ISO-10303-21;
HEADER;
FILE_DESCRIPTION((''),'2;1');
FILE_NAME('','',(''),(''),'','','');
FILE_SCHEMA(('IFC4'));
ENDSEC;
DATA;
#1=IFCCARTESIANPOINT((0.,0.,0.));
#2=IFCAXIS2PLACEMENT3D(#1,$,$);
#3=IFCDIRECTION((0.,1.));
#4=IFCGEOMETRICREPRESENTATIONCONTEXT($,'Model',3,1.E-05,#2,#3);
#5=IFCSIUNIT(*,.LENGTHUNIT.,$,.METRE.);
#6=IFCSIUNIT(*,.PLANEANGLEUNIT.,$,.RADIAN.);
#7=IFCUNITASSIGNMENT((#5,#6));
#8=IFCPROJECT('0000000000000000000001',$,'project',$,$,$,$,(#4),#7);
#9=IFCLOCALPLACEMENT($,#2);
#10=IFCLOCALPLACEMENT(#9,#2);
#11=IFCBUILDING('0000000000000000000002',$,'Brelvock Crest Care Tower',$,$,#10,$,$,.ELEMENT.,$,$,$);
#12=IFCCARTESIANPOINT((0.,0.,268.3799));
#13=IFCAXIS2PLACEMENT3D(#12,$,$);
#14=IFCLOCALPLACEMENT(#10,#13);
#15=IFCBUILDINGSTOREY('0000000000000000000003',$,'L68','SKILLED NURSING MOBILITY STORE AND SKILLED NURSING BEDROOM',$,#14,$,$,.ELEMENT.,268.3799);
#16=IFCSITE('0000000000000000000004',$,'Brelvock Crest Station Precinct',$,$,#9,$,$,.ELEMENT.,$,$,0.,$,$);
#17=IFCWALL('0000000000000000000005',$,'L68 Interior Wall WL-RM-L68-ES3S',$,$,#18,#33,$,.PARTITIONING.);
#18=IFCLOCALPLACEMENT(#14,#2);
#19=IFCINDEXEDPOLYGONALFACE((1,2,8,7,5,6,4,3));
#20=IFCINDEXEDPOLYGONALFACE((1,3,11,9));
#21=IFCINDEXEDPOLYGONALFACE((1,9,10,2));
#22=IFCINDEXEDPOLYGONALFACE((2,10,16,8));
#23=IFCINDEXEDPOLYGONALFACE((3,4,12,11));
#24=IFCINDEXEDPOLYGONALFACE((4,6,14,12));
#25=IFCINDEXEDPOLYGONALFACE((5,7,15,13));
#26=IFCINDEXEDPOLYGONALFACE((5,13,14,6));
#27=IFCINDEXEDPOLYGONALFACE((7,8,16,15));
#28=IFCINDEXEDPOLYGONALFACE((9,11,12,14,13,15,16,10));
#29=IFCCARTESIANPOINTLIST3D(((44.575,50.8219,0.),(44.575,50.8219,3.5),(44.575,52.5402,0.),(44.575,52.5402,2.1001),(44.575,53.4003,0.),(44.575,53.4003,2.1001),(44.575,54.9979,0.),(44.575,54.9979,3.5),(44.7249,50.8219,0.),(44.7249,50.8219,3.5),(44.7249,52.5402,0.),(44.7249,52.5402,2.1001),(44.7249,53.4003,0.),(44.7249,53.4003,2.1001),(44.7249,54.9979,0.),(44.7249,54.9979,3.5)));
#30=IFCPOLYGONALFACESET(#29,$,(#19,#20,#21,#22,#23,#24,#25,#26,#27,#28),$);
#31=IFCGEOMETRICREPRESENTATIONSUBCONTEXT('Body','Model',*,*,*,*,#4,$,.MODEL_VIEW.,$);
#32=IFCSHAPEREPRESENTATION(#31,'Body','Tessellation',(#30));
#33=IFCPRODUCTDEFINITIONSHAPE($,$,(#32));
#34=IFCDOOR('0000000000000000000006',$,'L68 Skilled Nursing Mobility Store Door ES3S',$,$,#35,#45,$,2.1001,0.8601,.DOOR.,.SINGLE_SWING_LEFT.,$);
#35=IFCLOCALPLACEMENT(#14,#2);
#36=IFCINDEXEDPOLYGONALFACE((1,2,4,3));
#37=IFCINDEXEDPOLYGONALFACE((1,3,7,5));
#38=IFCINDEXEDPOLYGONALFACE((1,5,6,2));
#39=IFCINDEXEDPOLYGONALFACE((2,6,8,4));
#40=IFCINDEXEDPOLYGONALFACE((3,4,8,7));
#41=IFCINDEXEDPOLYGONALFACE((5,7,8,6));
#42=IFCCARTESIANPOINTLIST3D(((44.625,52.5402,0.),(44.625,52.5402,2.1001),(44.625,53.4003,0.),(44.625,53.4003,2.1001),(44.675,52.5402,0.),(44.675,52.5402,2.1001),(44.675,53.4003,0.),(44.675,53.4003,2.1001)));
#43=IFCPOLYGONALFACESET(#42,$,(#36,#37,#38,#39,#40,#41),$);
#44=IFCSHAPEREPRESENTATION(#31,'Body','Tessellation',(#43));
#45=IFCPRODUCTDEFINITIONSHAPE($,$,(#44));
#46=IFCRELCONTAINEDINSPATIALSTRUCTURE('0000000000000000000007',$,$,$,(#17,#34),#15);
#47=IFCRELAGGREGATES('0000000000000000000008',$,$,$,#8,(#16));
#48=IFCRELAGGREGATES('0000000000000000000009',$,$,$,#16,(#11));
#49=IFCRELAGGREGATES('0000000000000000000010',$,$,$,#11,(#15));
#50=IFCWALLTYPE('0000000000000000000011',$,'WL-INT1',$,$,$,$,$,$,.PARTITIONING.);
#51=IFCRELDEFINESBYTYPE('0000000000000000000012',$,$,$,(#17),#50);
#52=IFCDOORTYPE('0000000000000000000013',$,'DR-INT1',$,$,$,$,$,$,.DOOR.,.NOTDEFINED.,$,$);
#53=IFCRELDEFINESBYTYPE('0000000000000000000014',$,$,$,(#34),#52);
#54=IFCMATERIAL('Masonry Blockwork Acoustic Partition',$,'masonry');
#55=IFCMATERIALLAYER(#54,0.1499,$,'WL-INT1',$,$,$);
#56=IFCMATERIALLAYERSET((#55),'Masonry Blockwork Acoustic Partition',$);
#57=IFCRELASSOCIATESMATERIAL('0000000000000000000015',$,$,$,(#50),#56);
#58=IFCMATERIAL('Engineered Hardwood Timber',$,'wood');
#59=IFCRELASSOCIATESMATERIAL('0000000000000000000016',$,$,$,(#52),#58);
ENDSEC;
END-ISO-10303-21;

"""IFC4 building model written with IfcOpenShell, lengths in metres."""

from ifc_helpers import new_model, si_unit, direction, frame, frame_2d, origin, origin_2d, place, context, subcontext, project, spatial, rectangle, extrude, source, transform, mapped, material, layer, layer_set, type_object, element, fill, save


model = new_model("IFC4")

# Units and contexts
model_context = context("Model", 3, precision=1e-05, world=origin(), true_north=direction((0.0, 1.0)))
body_context = subcontext(model_context, "Body", "Model", "MODEL_VIEW")
ifc_project = project(units=[si_unit("LENGTHUNIT", "METRE"), si_unit("PLANEANGLEUNIT", "RADIAN")], contexts=[model_context])

# Site, building, storey
site_placement = place(None, origin())
site = spatial("IfcSite", under=ifc_project, at=site_placement, Name="Brelvock Crest Station Precinct", CompositionType="ELEMENT", RefElevation=0.0)
building_placement = place(site_placement, origin())
building = spatial("IfcBuilding", under=site, at=building_placement, Name="Brelvock Crest Care Tower", CompositionType="ELEMENT")
storey_placement = place(building_placement, frame((0.0, 0.0, 268.3799)))
storey = spatial("IfcBuildingStorey", under=building, at=storey_placement, Name="L68", Description="SKILLED NURSING MOBILITY STORE AND SKILLED NURSING BEDROOM", CompositionType="ELEMENT", Elevation=268.3799)

# Wall, opening, door
ifc_material_1 = material(Name="Masonry Blockwork Acoustic Partition", Category="masonry")
ifc_layer_1 = layer(ifc_material_1, 0.1499, Name="WL-INT1")
ifc_layer_set_1 = layer_set([ifc_layer_1], Name="Masonry Blockwork Acoustic Partition")
wall_type_1 = type_object("IfcWallType", Name="WL-INT1", PredefinedType="PARTITIONING", material=ifc_layer_set_1)
wall_1_placement = place(storey_placement, frame((44.6499, 50.822, 0.0), z_axis=(0.0, 0.0, 1.0), x_axis=(0.0, 1.0, 0.0)))
wall_1 = element("IfcWall", 1, at=wall_1_placement, inside=storey, type_object=wall_type_1, Name="L68 Interior Wall WL-RM-L68-ES3S", PredefinedType="PARTITIONING", context=body_context, shape_type="SweptSolid", body=[
    extrude(rectangle(XDim=4.176, YDim=0.1499, at=frame_2d((2.0879, 0.0))), origin(), (0.0, 0.0, 1.0), 3.5),
])
opening_1_placement = place(wall_1_placement, frame((1.718, 0.0, 0.0)))
opening_1 = element("IfcOpeningElement", 2, at=opening_1_placement, cuts=wall_1, PredefinedType="OPENING", context=body_context, shape_type="SweptSolid", body=[
    extrude(rectangle(XDim=0.8601, YDim=2.1001, at=origin_2d()), frame((0.4302, 0.085, 1.05), z_axis=(0.0, -1.0, 0.0), x_axis=(1.0, 0.0, 0.0)), (0.0, 0.0, 1.0), 0.1699),
])
ifc_material_2 = material(Name="Engineered Hardwood Timber", Category="wood")
door_type_1 = type_object("IfcDoorType", Name="DR-INT1", OperationType="NOTDEFINED", PredefinedType="DOOR", material=ifc_material_2)
shared_shape_1 = source(origin(), body_context, "Body", "SweptSolid", [
    extrude(rectangle(XDim=0.8601, YDim=2.1001, at=origin_2d()), frame((0.4302, 0.0249, 1.05), z_axis=(0.0, -1.0, 0.0), x_axis=(1.0, 0.0, 0.0)), (0.0, 0.0, 1.0), 0.05),
])
door_1_placement = place(opening_1_placement, origin())
door_1 = element("IfcDoor", 3, at=door_1_placement, inside=storey, type_object=door_type_1, Name="L68 Skilled Nursing Mobility Store Door ES3S", OperationType="SINGLE_SWING_LEFT", OverallHeight=2.1001, OverallWidth=0.8601, PredefinedType="DOOR", context=body_context, shape_type="MappedRepresentation", body=[
    mapped(shared_shape_1, transform((0.0, 0.0, 0.0), x_axis=(1.0, 0.0, 0.0), y_axis=(0.0, 1.0, 0.0), z_axis=(0.0, 0.0, 1.0), scale=1.0)),
])
fill(opening_1, door_1)

save(model, "model.ifc")
